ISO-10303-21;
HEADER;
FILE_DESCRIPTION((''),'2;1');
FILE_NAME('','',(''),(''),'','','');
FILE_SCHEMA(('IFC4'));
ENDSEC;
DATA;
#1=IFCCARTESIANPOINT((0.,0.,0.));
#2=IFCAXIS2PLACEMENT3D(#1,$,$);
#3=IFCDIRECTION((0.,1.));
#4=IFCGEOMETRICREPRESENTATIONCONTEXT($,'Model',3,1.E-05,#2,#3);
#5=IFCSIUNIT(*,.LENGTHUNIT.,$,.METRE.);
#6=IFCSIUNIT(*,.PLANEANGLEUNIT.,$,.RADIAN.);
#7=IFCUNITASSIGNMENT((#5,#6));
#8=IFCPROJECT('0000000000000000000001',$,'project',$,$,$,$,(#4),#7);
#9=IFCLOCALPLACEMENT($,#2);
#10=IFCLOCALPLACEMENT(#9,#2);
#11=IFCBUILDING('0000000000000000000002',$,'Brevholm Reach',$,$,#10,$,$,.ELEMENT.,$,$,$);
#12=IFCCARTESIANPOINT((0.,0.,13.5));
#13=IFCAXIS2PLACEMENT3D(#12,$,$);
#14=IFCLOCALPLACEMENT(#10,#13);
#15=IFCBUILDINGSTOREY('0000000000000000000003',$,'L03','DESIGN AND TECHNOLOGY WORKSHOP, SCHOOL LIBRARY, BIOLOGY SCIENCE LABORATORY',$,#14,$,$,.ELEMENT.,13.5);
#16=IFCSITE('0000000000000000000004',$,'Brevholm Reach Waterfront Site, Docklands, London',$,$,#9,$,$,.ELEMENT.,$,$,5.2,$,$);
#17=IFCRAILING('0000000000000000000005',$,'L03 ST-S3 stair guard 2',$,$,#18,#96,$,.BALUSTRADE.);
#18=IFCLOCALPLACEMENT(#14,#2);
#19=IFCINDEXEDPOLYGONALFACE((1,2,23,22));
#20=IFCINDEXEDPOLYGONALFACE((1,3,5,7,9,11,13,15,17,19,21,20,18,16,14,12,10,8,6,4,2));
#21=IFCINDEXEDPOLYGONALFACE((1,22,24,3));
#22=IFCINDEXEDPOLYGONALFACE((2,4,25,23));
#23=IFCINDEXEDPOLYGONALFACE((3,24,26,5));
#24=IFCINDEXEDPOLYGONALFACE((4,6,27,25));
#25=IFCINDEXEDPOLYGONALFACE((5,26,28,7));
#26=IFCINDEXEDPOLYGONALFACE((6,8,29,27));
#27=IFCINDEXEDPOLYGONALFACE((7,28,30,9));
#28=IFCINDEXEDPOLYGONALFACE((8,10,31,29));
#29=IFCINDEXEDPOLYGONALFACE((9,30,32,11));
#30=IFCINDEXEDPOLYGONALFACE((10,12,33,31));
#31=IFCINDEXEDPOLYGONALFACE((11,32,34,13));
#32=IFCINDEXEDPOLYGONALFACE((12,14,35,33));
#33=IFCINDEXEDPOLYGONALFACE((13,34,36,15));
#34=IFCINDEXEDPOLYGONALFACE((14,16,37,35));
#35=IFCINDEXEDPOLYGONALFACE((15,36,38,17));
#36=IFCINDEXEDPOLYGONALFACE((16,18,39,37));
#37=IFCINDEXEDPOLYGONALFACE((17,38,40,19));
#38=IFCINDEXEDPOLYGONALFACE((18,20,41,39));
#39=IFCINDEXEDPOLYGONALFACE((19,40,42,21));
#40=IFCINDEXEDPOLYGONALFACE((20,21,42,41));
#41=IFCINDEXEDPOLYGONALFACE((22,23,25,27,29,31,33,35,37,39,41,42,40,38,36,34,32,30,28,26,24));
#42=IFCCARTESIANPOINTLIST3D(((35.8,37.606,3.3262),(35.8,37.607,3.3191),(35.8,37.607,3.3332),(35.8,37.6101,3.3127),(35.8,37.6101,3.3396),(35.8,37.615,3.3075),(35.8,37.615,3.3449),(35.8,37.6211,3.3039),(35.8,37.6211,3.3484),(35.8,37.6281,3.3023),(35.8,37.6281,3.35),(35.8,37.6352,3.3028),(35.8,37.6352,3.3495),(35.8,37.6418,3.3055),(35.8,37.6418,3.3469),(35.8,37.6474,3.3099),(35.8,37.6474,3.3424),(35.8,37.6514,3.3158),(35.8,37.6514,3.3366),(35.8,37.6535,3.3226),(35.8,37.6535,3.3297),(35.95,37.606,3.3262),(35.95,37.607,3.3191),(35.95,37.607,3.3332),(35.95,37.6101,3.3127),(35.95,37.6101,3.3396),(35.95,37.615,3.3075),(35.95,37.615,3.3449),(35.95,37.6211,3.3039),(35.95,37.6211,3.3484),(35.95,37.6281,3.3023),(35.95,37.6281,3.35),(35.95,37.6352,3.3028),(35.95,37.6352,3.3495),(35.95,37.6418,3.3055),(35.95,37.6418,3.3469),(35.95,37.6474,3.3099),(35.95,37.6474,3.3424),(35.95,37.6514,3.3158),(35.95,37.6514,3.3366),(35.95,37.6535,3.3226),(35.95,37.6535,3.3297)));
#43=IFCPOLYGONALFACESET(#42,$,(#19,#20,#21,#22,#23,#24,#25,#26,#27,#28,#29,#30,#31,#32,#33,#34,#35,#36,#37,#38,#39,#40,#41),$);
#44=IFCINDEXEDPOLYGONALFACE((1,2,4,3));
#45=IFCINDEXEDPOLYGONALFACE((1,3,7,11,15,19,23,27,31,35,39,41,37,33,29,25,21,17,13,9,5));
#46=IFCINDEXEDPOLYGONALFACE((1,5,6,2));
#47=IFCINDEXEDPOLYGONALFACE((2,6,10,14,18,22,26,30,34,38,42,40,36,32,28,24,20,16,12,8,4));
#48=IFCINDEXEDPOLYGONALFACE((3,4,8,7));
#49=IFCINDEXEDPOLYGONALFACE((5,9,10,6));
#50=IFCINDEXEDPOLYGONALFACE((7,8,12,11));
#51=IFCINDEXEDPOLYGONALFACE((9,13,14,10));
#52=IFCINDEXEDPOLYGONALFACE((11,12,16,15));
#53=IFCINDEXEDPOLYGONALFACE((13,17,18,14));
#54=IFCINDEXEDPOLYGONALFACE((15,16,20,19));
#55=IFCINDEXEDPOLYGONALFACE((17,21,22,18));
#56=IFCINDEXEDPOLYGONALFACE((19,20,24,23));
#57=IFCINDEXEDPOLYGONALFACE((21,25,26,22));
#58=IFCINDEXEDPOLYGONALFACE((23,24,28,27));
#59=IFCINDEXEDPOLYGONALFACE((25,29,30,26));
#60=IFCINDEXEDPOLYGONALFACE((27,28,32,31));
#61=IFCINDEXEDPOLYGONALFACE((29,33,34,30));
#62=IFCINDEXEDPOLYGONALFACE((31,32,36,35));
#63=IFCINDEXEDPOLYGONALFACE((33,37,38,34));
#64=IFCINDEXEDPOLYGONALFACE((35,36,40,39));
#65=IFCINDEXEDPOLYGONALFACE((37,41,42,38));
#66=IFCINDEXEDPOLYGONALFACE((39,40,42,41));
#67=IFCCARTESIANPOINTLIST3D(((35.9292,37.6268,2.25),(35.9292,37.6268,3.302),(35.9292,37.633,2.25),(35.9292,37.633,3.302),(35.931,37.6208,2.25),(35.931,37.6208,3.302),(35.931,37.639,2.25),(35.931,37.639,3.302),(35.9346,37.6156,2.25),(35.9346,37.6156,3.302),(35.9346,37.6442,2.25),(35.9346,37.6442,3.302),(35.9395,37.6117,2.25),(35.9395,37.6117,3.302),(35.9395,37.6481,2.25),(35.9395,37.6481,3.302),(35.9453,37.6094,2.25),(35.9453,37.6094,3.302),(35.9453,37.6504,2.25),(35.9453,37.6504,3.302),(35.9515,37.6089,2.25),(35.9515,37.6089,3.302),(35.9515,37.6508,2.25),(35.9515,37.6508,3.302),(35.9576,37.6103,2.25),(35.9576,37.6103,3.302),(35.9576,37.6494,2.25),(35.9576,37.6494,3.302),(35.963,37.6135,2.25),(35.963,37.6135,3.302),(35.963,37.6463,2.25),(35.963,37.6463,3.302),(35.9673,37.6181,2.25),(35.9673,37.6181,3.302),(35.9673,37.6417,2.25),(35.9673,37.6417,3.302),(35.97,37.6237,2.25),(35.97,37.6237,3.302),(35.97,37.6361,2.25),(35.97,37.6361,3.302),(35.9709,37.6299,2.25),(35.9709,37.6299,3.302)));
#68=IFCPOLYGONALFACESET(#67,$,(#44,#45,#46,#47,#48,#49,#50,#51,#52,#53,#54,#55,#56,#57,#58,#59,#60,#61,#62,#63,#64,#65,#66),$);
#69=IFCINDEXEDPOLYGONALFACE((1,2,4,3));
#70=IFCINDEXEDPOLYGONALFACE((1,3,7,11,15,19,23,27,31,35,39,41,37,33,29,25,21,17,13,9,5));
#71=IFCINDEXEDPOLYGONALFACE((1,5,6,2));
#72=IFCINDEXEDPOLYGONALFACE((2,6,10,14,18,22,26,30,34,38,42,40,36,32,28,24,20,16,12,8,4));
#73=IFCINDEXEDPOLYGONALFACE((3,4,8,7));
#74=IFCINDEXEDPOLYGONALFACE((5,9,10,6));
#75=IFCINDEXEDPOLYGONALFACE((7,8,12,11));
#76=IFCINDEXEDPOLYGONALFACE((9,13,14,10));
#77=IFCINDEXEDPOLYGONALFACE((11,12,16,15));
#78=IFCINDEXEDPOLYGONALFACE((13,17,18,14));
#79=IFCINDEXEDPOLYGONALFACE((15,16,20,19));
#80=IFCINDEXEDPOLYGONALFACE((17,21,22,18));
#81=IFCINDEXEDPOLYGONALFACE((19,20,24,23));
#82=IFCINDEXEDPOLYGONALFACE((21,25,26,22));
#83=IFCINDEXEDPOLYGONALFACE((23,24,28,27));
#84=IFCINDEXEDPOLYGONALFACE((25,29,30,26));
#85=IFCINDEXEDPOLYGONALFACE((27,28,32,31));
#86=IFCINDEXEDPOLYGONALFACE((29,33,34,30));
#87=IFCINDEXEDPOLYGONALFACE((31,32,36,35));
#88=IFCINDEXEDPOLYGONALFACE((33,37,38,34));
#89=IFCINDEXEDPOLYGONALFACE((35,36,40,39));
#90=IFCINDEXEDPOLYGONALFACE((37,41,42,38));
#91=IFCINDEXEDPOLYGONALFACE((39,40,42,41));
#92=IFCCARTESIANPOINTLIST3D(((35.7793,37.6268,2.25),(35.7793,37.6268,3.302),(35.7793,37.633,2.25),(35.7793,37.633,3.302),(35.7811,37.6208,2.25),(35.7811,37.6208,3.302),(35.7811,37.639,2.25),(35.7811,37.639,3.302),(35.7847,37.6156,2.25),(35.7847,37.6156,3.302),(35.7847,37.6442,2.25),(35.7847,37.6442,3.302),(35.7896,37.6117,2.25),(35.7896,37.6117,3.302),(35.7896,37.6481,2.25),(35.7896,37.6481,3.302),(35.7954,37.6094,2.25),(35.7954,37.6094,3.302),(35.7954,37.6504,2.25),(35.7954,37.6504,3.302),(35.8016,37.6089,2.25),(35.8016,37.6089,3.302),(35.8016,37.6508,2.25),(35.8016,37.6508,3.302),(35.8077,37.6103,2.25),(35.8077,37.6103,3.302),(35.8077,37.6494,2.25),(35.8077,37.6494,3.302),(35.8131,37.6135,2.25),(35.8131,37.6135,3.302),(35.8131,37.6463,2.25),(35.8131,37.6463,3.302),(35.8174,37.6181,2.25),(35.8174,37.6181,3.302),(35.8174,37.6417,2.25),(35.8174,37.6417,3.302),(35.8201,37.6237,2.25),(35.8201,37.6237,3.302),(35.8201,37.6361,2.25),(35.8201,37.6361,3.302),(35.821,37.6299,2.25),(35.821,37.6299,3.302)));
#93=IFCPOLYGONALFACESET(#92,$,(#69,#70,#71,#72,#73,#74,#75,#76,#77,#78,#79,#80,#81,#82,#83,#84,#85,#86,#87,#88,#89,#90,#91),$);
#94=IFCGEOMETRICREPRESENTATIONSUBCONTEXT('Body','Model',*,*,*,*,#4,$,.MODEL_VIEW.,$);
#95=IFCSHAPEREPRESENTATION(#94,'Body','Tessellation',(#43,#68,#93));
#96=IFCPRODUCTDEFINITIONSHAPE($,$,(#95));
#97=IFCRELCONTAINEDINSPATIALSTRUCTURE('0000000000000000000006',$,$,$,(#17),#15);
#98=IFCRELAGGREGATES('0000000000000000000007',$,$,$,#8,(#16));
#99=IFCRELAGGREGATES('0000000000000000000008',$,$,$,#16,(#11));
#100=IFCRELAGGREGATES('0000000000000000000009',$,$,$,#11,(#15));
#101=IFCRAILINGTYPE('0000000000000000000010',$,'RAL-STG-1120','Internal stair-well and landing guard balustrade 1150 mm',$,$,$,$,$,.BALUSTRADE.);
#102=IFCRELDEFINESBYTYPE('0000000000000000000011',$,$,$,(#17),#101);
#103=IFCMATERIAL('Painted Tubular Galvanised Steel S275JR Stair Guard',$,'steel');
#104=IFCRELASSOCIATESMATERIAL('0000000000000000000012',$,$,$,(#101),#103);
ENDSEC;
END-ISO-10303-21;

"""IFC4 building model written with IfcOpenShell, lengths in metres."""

from ifc_helpers import new_model, si_unit, direction, frame, origin, origin_2d, place, context, subcontext, project, spatial, circle, extrude, material, type_object, element, save


model = new_model("IFC4")

# Units and contexts
model_context = context("Model", 3, precision=1e-05, world=origin(), true_north=direction((0.0, 1.0)))
body_context = subcontext(model_context, "Body", "Model", "MODEL_VIEW")
ifc_project = project(units=[si_unit("LENGTHUNIT", "METRE"), si_unit("PLANEANGLEUNIT", "RADIAN")], contexts=[model_context])

# Site, building, storey
site_placement = place(None, origin())
site = spatial("IfcSite", under=ifc_project, at=site_placement, Name="Brevholm Reach Waterfront Site, Docklands, London", CompositionType="ELEMENT", RefElevation=5.2)
building_placement = place(site_placement, origin())
building = spatial("IfcBuilding", under=site, at=building_placement, Name="Brevholm Reach", CompositionType="ELEMENT")
storey_placement = place(building_placement, frame((0.0, 0.0, 13.5)))
storey = spatial("IfcBuildingStorey", under=building, at=storey_placement, Name="L03", Description="DESIGN AND TECHNOLOGY WORKSHOP, SCHOOL LIBRARY, BIOLOGY SCIENCE LABORATORY", CompositionType="ELEMENT", Elevation=13.5)

# Railing
ifc_material_1 = material(Name="Painted Tubular Galvanised Steel S275JR Stair Guard", Category="steel")
railing_type_1 = type_object("IfcRailingType", Name="RAL-STG-1120", Description="Internal stair-well and landing guard balustrade 1150 mm", PredefinedType="BALUSTRADE", material=ifc_material_1)
railing_1_placement = place(storey_placement, frame((35.95, 37.6299, 2.25)))
element("IfcRailing", 1, at=railing_1_placement, inside=storey, type_object=railing_type_1, Name="L03 ST-S3 stair guard 2", PredefinedType="BALUSTRADE", context=body_context, shape_type="SweptSolid", body=[
    extrude(circle(Radius=0.0239, at=origin_2d()), frame((0.0, 0.0, 1.0762), z_axis=(-1.0, 0.0, 0.0), x_axis=(0.0, -1.0, 0.0)), (0.0, 0.0, 1.0), 0.1499),
    extrude(circle(Radius=0.021, at=origin_2d()), origin(), (0.0, 0.0, 1.0), 1.052),
    extrude(circle(Radius=0.021, at=origin_2d()), frame((-0.1499, 0.0, 0.0)), (0.0, 0.0, 1.0), 1.052),
])

save(model, "model.ifc")
